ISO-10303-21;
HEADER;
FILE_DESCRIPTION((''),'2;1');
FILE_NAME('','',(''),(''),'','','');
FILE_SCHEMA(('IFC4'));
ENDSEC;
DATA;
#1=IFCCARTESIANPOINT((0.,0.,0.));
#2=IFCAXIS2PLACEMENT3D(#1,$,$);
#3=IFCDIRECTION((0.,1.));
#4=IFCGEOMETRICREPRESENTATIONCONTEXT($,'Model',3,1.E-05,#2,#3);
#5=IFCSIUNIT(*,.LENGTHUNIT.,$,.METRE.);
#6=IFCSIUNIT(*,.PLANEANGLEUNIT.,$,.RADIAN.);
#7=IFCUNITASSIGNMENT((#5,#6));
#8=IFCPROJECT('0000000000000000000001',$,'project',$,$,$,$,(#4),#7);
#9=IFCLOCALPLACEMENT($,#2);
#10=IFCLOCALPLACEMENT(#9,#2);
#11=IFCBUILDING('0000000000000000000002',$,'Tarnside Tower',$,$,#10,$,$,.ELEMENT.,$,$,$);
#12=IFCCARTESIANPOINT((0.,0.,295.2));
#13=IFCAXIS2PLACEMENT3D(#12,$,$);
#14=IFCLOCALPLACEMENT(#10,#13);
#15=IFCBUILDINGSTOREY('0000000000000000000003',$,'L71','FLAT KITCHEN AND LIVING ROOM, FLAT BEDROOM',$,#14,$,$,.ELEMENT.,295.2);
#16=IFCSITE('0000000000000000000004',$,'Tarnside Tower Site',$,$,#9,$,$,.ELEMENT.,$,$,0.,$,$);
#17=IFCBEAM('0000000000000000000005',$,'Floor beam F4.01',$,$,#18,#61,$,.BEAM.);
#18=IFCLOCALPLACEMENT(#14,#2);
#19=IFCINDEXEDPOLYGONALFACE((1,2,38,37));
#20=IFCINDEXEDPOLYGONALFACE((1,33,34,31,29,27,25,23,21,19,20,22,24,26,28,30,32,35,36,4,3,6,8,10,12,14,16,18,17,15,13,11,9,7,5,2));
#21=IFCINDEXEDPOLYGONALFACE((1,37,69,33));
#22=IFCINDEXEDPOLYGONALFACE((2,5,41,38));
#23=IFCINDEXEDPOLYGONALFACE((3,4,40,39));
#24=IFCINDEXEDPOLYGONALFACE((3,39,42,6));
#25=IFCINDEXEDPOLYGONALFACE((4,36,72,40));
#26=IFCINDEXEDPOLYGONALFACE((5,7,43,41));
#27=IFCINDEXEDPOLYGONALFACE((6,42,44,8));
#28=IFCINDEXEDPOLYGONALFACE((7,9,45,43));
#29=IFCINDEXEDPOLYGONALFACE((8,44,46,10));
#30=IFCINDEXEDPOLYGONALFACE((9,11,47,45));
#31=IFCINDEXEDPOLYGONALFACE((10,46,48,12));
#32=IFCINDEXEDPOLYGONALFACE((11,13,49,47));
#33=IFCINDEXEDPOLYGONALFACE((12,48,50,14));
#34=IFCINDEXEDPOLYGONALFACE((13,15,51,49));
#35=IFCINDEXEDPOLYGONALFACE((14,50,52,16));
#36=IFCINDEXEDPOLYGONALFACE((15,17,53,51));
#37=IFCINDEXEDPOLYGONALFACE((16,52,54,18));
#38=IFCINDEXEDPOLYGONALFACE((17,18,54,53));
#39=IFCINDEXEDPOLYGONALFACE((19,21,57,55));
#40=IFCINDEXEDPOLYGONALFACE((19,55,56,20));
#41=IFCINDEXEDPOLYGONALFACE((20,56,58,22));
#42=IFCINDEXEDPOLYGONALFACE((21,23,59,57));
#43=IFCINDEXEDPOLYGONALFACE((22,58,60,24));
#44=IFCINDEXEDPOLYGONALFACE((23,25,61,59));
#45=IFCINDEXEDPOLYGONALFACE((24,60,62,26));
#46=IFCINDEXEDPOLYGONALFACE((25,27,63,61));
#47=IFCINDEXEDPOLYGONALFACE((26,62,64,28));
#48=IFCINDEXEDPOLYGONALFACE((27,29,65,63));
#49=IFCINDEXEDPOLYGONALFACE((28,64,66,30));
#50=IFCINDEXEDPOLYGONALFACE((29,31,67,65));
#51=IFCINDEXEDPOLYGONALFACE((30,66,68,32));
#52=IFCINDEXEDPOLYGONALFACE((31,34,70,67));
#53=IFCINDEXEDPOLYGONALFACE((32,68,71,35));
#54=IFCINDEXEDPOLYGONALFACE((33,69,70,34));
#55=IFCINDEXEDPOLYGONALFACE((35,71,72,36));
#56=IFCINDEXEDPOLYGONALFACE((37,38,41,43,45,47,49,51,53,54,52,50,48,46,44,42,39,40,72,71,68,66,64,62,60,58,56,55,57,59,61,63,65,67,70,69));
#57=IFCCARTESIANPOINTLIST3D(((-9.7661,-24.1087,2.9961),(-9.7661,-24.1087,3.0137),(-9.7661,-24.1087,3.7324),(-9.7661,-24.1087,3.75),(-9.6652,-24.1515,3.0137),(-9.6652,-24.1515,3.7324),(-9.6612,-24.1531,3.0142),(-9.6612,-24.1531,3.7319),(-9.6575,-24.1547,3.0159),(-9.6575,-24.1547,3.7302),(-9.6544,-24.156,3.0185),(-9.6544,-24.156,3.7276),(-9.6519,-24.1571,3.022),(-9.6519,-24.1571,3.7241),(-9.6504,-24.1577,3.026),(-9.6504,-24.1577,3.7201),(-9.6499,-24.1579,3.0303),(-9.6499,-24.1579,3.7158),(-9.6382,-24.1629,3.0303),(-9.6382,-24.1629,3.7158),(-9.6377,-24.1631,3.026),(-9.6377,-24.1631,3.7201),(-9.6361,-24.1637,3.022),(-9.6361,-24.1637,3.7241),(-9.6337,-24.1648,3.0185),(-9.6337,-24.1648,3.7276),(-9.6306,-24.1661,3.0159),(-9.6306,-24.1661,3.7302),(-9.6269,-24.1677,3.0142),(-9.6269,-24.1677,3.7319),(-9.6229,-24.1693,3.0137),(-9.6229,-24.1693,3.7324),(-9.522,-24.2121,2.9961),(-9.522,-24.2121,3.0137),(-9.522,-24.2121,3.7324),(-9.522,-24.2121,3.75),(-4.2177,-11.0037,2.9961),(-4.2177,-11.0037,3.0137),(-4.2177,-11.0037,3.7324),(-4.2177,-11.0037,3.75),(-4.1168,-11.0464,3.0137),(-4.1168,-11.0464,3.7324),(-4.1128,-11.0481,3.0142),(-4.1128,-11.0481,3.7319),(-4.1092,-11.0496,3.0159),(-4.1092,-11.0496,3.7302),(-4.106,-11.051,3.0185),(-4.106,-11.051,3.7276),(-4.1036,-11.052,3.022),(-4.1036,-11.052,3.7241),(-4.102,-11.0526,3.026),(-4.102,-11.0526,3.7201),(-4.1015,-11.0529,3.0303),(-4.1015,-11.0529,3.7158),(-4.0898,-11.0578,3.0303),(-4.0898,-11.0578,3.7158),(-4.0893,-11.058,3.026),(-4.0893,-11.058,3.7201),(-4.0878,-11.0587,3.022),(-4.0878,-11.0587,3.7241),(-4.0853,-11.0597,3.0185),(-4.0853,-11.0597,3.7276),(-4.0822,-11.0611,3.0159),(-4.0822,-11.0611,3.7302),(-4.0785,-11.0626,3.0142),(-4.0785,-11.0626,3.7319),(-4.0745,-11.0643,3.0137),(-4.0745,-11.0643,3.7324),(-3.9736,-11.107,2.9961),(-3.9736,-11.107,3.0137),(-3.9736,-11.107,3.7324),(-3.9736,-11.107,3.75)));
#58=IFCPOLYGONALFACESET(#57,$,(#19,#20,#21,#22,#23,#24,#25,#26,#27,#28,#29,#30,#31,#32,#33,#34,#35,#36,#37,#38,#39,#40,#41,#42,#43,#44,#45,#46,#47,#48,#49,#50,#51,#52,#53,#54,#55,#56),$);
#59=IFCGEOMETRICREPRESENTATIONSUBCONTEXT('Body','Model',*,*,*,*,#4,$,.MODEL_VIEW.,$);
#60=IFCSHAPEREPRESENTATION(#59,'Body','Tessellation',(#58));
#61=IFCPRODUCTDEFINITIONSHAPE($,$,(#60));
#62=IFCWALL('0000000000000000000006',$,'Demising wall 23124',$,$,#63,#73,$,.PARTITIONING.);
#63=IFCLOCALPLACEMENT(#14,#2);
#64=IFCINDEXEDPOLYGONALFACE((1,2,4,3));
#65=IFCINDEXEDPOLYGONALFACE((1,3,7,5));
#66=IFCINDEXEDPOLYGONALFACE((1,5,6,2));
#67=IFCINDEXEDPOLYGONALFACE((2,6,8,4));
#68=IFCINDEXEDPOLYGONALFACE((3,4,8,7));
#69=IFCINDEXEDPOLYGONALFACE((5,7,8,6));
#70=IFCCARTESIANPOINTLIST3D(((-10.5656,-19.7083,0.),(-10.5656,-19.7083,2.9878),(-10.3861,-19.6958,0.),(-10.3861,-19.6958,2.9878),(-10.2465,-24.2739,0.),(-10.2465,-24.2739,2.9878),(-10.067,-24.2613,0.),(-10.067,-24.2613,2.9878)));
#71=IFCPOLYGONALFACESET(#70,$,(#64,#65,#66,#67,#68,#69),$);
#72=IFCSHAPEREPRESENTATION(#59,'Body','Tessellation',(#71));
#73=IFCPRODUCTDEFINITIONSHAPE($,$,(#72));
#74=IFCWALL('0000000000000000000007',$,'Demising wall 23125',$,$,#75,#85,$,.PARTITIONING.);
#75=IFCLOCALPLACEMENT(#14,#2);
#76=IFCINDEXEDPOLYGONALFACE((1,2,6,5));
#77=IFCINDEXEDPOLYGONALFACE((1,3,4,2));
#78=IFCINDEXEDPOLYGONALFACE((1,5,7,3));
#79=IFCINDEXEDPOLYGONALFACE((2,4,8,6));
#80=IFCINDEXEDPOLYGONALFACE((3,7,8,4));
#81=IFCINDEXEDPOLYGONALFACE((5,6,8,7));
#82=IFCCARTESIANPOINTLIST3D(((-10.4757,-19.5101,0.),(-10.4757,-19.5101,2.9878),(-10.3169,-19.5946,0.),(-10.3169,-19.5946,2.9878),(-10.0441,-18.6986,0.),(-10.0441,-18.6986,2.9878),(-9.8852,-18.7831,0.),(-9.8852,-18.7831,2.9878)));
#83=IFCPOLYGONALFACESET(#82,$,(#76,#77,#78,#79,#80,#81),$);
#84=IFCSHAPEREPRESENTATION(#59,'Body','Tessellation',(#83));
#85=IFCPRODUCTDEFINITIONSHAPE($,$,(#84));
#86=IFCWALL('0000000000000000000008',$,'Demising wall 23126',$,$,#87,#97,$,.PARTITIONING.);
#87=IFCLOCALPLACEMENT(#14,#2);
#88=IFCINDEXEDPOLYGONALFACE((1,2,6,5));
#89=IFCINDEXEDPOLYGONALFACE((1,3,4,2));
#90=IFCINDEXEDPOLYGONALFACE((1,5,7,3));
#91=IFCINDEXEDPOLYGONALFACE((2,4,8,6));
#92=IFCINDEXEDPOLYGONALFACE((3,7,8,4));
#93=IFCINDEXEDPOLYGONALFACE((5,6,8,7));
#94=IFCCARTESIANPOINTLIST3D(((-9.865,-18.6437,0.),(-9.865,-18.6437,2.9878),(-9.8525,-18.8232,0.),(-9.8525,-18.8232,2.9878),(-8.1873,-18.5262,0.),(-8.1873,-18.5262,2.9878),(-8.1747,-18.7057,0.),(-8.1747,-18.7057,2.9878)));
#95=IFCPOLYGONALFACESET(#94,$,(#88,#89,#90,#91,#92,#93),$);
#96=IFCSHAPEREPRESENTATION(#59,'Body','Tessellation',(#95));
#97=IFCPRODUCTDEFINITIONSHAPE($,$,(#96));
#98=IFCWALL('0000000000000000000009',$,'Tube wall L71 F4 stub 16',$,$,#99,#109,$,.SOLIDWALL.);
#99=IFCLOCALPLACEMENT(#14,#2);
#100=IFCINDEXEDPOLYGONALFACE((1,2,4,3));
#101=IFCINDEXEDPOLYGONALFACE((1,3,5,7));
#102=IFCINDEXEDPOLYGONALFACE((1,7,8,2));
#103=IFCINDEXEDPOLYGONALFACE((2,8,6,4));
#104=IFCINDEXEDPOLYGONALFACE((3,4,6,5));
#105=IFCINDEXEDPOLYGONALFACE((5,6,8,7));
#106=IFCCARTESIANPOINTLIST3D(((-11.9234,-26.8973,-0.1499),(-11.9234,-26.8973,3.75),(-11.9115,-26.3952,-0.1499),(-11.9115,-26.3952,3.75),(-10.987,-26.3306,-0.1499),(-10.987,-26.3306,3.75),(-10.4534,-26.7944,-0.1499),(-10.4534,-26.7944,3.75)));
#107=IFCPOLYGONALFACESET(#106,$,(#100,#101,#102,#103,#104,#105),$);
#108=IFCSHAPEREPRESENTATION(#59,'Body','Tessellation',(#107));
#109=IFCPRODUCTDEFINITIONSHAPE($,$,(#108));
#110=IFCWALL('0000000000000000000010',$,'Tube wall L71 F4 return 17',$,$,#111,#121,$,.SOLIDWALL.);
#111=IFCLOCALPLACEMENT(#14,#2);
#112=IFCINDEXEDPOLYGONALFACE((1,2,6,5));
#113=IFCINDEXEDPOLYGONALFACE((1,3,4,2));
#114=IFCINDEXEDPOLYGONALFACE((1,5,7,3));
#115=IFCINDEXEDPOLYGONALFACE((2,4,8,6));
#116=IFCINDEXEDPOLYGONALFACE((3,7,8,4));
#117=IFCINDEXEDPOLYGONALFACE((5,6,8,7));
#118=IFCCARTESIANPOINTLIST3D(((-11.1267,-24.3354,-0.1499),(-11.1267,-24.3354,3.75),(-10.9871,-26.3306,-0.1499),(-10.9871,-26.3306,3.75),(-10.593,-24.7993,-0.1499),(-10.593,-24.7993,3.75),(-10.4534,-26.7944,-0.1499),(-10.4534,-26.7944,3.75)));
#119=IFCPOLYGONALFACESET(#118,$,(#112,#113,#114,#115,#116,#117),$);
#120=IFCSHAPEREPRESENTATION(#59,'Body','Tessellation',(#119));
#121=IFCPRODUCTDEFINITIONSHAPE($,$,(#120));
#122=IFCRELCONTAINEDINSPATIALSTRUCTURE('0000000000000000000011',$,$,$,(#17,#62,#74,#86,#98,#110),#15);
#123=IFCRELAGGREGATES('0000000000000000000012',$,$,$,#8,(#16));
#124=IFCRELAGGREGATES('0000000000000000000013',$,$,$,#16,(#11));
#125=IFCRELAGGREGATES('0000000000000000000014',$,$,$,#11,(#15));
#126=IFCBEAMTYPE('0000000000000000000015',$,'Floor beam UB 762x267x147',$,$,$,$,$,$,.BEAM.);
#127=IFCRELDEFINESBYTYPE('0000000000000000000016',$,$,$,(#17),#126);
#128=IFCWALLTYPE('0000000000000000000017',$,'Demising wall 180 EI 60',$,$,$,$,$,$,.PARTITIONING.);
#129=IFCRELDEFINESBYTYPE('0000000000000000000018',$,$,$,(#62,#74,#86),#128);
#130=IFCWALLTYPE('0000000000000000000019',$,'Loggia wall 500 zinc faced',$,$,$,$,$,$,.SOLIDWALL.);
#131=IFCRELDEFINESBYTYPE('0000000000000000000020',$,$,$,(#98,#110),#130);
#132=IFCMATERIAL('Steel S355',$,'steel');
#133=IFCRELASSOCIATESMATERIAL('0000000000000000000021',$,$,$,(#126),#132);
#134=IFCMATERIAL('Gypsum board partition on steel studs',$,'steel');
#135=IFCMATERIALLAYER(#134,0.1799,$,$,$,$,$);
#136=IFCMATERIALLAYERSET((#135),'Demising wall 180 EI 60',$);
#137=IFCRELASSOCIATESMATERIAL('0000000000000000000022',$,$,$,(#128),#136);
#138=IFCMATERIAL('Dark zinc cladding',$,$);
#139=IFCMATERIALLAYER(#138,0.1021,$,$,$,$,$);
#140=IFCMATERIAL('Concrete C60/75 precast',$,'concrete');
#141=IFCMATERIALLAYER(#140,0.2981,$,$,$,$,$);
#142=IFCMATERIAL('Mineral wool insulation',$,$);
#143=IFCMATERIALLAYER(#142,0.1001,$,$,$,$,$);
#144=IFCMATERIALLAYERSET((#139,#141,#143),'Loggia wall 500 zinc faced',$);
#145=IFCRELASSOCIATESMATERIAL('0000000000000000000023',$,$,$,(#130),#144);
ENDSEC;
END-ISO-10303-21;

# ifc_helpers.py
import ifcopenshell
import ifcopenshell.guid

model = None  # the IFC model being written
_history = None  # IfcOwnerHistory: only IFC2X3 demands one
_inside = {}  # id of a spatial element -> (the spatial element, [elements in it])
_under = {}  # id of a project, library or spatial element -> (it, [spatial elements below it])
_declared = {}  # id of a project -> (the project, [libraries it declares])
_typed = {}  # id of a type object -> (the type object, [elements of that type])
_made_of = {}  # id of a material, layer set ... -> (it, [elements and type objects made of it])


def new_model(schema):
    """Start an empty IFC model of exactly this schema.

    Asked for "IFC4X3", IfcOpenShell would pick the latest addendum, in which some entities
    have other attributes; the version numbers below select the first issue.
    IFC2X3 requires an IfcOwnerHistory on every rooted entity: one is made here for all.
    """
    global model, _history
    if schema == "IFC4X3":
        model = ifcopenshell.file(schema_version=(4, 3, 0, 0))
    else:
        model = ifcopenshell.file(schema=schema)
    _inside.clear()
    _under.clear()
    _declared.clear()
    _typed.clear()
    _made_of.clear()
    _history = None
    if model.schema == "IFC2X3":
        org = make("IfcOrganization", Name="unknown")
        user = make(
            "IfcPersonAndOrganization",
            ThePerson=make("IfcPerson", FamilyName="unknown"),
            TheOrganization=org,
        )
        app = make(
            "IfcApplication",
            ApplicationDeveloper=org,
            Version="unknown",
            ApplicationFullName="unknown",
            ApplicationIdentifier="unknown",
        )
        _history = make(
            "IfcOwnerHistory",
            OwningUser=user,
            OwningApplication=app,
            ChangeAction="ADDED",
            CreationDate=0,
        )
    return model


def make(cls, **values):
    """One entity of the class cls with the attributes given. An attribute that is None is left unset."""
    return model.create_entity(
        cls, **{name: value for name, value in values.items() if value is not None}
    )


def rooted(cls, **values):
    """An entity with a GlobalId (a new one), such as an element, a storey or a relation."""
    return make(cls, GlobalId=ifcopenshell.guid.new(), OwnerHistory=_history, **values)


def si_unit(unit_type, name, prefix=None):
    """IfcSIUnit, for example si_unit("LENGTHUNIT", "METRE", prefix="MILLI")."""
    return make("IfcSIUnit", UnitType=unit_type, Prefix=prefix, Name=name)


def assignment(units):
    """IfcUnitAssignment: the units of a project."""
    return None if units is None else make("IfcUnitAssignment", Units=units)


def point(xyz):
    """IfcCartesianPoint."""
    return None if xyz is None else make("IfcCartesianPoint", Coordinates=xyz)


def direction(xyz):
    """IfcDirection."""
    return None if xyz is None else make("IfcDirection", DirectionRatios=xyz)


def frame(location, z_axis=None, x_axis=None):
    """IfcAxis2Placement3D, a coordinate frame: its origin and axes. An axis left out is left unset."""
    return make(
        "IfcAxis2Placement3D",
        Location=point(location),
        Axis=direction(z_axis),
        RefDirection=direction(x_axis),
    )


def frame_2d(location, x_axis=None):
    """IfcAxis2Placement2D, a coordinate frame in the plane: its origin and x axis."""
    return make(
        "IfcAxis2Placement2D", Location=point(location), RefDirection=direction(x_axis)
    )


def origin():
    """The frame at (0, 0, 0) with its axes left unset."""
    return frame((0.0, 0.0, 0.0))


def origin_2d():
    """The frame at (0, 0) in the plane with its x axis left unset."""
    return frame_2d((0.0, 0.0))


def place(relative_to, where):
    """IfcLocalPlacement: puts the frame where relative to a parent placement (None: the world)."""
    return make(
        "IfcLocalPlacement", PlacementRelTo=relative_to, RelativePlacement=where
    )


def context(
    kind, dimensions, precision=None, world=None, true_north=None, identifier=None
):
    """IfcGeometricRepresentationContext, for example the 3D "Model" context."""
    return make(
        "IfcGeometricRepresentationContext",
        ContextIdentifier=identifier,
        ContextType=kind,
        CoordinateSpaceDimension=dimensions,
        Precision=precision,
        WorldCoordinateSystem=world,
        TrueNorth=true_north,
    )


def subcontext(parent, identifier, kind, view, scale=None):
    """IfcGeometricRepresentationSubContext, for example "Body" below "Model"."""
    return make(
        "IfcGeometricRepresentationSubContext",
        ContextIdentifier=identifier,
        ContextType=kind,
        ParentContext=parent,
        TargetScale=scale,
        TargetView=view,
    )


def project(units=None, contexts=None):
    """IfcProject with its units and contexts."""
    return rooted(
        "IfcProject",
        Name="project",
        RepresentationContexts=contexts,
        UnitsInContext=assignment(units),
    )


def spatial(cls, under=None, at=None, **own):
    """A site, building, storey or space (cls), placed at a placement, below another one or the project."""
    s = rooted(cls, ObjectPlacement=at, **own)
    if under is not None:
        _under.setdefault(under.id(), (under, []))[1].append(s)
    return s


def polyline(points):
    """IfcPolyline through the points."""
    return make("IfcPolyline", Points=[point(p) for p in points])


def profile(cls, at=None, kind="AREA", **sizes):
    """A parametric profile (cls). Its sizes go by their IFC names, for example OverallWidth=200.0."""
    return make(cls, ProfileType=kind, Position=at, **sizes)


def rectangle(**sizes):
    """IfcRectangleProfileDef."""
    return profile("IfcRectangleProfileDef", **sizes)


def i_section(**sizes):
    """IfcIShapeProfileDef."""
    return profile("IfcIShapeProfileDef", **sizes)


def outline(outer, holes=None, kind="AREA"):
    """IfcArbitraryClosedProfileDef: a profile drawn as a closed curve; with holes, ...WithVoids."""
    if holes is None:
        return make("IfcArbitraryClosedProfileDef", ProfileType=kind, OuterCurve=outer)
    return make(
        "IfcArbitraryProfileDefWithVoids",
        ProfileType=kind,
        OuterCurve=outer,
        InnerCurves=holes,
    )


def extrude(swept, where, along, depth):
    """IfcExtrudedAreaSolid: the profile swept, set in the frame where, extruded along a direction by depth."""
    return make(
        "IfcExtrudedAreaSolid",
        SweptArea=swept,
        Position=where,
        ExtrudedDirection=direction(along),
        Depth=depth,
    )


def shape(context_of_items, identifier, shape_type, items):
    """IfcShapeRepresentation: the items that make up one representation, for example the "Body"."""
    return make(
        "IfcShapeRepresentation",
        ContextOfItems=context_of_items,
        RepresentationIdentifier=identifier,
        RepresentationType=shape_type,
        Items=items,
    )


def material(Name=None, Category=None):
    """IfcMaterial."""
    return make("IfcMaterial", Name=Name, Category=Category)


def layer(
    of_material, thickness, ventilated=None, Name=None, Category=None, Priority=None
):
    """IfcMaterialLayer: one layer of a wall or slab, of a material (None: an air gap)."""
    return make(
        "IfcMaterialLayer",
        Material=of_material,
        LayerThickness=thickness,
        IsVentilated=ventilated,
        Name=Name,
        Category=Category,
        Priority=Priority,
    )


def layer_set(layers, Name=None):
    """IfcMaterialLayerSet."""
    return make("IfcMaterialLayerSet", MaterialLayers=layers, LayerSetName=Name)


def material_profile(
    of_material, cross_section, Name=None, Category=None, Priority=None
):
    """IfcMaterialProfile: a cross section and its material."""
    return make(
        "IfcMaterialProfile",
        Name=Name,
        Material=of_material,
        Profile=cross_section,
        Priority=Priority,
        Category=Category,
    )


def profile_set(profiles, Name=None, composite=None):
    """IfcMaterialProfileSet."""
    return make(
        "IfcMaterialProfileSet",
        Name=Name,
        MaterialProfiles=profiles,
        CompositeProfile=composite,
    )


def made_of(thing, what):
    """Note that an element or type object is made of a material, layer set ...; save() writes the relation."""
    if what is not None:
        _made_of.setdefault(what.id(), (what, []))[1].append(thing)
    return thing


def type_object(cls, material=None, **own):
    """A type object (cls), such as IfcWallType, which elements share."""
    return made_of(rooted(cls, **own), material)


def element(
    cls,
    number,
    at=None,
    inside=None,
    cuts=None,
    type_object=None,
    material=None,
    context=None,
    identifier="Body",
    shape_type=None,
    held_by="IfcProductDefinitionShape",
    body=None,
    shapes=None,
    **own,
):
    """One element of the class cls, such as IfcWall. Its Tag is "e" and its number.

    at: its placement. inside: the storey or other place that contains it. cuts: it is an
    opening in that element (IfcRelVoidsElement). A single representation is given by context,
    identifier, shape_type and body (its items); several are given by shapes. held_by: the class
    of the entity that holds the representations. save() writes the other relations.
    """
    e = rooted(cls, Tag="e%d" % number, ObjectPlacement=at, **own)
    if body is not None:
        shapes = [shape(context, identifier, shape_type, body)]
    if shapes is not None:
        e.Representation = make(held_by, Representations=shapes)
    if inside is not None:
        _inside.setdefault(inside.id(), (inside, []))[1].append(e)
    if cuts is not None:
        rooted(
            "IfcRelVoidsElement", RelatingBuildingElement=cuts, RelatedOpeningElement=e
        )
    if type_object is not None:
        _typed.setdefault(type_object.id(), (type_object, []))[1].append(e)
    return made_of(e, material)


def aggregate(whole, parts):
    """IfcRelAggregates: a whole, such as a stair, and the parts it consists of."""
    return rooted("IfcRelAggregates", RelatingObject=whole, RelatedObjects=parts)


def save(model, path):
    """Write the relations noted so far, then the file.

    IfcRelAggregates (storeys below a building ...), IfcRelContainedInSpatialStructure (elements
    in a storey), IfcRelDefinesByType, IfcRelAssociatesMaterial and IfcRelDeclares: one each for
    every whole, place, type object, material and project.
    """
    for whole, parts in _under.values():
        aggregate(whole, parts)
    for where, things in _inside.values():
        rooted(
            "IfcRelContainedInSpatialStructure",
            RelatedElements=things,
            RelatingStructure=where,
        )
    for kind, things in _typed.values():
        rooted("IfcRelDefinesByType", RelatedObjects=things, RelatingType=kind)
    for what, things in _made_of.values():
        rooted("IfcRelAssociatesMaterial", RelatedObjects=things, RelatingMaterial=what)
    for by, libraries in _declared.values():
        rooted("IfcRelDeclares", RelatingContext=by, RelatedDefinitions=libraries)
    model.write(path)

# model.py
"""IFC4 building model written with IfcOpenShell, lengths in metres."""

from ifc_helpers import new_model, si_unit, direction, frame, frame_2d, origin, origin_2d, place, context, subcontext, project, spatial, polyline, rectangle, i_section, outline, extrude, material, layer, layer_set, material_profile, profile_set, type_object, element, save


model = new_model("IFC4")

# Units and contexts
model_context = context("Model", 3, precision=1e-05, world=origin(), true_north=direction((0.0, 1.0)))
body_context = subcontext(model_context, "Body", "Model", "MODEL_VIEW")
ifc_project = project(units=[si_unit("LENGTHUNIT", "METRE"), si_unit("PLANEANGLEUNIT", "RADIAN")], contexts=[model_context])

# Site, building, storey
site_placement = place(None, origin())
site = spatial("IfcSite", under=ifc_project, at=site_placement, Name="Tarnside Tower Site", CompositionType="ELEMENT", RefElevation=0.0)
building_placement = place(site_placement, origin())
building = spatial("IfcBuilding", under=site, at=building_placement, Name="Tarnside Tower", CompositionType="ELEMENT")
storey_placement = place(building_placement, frame((0.0, 0.0, 295.2)))
storey = spatial("IfcBuildingStorey", under=building, at=storey_placement, Name="L71", Description="FLAT KITCHEN AND LIVING ROOM, FLAT BEDROOM", CompositionType="ELEMENT", Elevation=295.2)

# Beam
ifc_material_1 = material(Name="Steel S355", Category="steel")
ifc_material_profile = material_profile(ifc_material_1, i_section(OverallWidth=0.2651, OverallDepth=0.7539, WebThickness=0.0127, FlangeThickness=0.0176, FilletRadius=0.0166, at=origin_2d()), Name="UB 762x267x147")
ifc_profile_set = profile_set([ifc_material_profile], Name="Steel S355")
beam_type = type_object("IfcBeamType", Name="Floor beam UB 762x267x147", PredefinedType="BEAM", material=ifc_profile_set)
beam_placement = place(storey_placement, frame((-9.644, -24.1604, 3.373), z_axis=(0.389874, 0.920868, 0.0), x_axis=(-0.920868, 0.389874, 0.0)))
element("IfcBeam", 1, at=beam_placement, inside=storey, type_object=beam_type, Name="Floor beam F4.01", PredefinedType="BEAM", context=body_context, shape_type="SweptSolid", body=[
    extrude(i_section(OverallWidth=0.2651, OverallDepth=0.7539, WebThickness=0.0127, FlangeThickness=0.0176, FilletRadius=0.0166, at=origin_2d()), origin(), (0.0, 0.0, 1.0), 14.2312),
])

# Walls
ifc_material_2 = material(Name="Gypsum board partition on steel studs", Category="steel")
ifc_layer_1 = layer(ifc_material_2, 0.1799)
ifc_layer_set_1 = layer_set([ifc_layer_1], Name="Demising wall 180 EI 60")
wall_type_1 = type_object("IfcWallType", Name="Demising wall 180 EI 60", PredefinedType="PARTITIONING", material=ifc_layer_set_1)
wall_1_placement = place(storey_placement, frame((-10.1567, -24.2676, 0.0), z_axis=(0.0, 0.0, 1.0), x_axis=(-0.069723, 0.997566, 0.0)))
element("IfcWall", 2, at=wall_1_placement, inside=storey, type_object=wall_type_1, Name="Demising wall 23124", PredefinedType="PARTITIONING", context=body_context, shape_type="SweptSolid", body=[
    extrude(rectangle(XDim=4.5767, YDim=0.1799, at=frame_2d((2.2883, 0.0))), origin(), (0.0, 0.0, 1.0), 2.9878),
])
wall_2_placement = place(storey_placement, frame((-10.3962, -19.5522, 0.0), z_axis=(0.0, 0.0, 1.0), x_axis=(0.469595, 0.882882, 0.0)))
element("IfcWall", 3, at=wall_2_placement, inside=storey, type_object=wall_type_1, Name="Demising wall 23125", PredefinedType="PARTITIONING", context=body_context, shape_type="SweptSolid", body=[
    extrude(rectangle(XDim=0.9192, YDim=0.1799, at=frame_2d((0.4595, 0.0))), origin(), (0.0, 0.0, 1.0), 2.9878),
])
wall_3_placement = place(storey_placement, frame((-9.8586, -18.7334, 0.0), z_axis=(0.0, 0.0, 1.0), x_axis=(0.997559, 0.069823, 0.0)))
element("IfcWall", 4, at=wall_3_placement, inside=storey, type_object=wall_type_1, Name="Demising wall 23126", PredefinedType="PARTITIONING", context=body_context, shape_type="SweptSolid", body=[
    extrude(rectangle(XDim=1.6819, YDim=0.1799, at=frame_2d((0.8408, 0.0))), origin(), (0.0, 0.0, 1.0), 2.9878),
])
ifc_material_3 = material(Name="Dark zinc cladding")
ifc_layer_2 = layer(ifc_material_3, 0.1021)
ifc_material_4 = material(Name="Concrete C60/75 precast", Category="concrete")
ifc_layer_3 = layer(ifc_material_4, 0.2981)
ifc_material_5 = material(Name="Mineral wool insulation")
ifc_layer_4 = layer(ifc_material_5, 0.1001)
ifc_layer_set_2 = layer_set([ifc_layer_2, ifc_layer_3, ifc_layer_4], Name="Loggia wall 500 zinc faced")
wall_type_2 = type_object("IfcWallType", Name="Loggia wall 500 zinc faced", PredefinedType="SOLIDWALL", material=ifc_layer_set_2)
wall_4_placement = place(storey_placement, frame((-11.9175, -26.6462, -0.1499), z_axis=(0.0, 0.0, 1.0), x_axis=(0.997563, 0.069772, 0.0)))
element("IfcWall", 5, at=wall_4_placement, inside=storey, type_object=wall_type_2, Name="Tube wall L71 F4 stub 16", PredefinedType="SOLIDWALL", context=body_context, shape_type="SweptSolid", body=[
    extrude(outline(polyline([(-0.0234, -0.25), (1.4502, -0.25), (0.9502, 0.25), (0.0234, 0.25), (-0.0234, -0.25)])), origin(), (0.0, 0.0, 1.0), 3.8999),
])
wall_5_placement = place(storey_placement, frame((-10.7202, -26.5625, -0.1499), z_axis=(0.0, 0.0, 1.0), x_axis=(-0.069824, 0.997559, 0.0)))
element("IfcWall", 6, at=wall_5_placement, inside=storey, type_object=wall_type_2, Name="Tube wall L71 F4 return 17", PredefinedType="SOLIDWALL", context=body_context, shape_type="SweptSolid", body=[
    extrude(outline(polyline([(-0.25, -0.25), (1.75, -0.25), (2.25, 0.25), (0.25, 0.25), (-0.25, -0.25)])), origin(), (0.0, 0.0, 1.0), 3.8999),
])

save(model, "model.ifc")
